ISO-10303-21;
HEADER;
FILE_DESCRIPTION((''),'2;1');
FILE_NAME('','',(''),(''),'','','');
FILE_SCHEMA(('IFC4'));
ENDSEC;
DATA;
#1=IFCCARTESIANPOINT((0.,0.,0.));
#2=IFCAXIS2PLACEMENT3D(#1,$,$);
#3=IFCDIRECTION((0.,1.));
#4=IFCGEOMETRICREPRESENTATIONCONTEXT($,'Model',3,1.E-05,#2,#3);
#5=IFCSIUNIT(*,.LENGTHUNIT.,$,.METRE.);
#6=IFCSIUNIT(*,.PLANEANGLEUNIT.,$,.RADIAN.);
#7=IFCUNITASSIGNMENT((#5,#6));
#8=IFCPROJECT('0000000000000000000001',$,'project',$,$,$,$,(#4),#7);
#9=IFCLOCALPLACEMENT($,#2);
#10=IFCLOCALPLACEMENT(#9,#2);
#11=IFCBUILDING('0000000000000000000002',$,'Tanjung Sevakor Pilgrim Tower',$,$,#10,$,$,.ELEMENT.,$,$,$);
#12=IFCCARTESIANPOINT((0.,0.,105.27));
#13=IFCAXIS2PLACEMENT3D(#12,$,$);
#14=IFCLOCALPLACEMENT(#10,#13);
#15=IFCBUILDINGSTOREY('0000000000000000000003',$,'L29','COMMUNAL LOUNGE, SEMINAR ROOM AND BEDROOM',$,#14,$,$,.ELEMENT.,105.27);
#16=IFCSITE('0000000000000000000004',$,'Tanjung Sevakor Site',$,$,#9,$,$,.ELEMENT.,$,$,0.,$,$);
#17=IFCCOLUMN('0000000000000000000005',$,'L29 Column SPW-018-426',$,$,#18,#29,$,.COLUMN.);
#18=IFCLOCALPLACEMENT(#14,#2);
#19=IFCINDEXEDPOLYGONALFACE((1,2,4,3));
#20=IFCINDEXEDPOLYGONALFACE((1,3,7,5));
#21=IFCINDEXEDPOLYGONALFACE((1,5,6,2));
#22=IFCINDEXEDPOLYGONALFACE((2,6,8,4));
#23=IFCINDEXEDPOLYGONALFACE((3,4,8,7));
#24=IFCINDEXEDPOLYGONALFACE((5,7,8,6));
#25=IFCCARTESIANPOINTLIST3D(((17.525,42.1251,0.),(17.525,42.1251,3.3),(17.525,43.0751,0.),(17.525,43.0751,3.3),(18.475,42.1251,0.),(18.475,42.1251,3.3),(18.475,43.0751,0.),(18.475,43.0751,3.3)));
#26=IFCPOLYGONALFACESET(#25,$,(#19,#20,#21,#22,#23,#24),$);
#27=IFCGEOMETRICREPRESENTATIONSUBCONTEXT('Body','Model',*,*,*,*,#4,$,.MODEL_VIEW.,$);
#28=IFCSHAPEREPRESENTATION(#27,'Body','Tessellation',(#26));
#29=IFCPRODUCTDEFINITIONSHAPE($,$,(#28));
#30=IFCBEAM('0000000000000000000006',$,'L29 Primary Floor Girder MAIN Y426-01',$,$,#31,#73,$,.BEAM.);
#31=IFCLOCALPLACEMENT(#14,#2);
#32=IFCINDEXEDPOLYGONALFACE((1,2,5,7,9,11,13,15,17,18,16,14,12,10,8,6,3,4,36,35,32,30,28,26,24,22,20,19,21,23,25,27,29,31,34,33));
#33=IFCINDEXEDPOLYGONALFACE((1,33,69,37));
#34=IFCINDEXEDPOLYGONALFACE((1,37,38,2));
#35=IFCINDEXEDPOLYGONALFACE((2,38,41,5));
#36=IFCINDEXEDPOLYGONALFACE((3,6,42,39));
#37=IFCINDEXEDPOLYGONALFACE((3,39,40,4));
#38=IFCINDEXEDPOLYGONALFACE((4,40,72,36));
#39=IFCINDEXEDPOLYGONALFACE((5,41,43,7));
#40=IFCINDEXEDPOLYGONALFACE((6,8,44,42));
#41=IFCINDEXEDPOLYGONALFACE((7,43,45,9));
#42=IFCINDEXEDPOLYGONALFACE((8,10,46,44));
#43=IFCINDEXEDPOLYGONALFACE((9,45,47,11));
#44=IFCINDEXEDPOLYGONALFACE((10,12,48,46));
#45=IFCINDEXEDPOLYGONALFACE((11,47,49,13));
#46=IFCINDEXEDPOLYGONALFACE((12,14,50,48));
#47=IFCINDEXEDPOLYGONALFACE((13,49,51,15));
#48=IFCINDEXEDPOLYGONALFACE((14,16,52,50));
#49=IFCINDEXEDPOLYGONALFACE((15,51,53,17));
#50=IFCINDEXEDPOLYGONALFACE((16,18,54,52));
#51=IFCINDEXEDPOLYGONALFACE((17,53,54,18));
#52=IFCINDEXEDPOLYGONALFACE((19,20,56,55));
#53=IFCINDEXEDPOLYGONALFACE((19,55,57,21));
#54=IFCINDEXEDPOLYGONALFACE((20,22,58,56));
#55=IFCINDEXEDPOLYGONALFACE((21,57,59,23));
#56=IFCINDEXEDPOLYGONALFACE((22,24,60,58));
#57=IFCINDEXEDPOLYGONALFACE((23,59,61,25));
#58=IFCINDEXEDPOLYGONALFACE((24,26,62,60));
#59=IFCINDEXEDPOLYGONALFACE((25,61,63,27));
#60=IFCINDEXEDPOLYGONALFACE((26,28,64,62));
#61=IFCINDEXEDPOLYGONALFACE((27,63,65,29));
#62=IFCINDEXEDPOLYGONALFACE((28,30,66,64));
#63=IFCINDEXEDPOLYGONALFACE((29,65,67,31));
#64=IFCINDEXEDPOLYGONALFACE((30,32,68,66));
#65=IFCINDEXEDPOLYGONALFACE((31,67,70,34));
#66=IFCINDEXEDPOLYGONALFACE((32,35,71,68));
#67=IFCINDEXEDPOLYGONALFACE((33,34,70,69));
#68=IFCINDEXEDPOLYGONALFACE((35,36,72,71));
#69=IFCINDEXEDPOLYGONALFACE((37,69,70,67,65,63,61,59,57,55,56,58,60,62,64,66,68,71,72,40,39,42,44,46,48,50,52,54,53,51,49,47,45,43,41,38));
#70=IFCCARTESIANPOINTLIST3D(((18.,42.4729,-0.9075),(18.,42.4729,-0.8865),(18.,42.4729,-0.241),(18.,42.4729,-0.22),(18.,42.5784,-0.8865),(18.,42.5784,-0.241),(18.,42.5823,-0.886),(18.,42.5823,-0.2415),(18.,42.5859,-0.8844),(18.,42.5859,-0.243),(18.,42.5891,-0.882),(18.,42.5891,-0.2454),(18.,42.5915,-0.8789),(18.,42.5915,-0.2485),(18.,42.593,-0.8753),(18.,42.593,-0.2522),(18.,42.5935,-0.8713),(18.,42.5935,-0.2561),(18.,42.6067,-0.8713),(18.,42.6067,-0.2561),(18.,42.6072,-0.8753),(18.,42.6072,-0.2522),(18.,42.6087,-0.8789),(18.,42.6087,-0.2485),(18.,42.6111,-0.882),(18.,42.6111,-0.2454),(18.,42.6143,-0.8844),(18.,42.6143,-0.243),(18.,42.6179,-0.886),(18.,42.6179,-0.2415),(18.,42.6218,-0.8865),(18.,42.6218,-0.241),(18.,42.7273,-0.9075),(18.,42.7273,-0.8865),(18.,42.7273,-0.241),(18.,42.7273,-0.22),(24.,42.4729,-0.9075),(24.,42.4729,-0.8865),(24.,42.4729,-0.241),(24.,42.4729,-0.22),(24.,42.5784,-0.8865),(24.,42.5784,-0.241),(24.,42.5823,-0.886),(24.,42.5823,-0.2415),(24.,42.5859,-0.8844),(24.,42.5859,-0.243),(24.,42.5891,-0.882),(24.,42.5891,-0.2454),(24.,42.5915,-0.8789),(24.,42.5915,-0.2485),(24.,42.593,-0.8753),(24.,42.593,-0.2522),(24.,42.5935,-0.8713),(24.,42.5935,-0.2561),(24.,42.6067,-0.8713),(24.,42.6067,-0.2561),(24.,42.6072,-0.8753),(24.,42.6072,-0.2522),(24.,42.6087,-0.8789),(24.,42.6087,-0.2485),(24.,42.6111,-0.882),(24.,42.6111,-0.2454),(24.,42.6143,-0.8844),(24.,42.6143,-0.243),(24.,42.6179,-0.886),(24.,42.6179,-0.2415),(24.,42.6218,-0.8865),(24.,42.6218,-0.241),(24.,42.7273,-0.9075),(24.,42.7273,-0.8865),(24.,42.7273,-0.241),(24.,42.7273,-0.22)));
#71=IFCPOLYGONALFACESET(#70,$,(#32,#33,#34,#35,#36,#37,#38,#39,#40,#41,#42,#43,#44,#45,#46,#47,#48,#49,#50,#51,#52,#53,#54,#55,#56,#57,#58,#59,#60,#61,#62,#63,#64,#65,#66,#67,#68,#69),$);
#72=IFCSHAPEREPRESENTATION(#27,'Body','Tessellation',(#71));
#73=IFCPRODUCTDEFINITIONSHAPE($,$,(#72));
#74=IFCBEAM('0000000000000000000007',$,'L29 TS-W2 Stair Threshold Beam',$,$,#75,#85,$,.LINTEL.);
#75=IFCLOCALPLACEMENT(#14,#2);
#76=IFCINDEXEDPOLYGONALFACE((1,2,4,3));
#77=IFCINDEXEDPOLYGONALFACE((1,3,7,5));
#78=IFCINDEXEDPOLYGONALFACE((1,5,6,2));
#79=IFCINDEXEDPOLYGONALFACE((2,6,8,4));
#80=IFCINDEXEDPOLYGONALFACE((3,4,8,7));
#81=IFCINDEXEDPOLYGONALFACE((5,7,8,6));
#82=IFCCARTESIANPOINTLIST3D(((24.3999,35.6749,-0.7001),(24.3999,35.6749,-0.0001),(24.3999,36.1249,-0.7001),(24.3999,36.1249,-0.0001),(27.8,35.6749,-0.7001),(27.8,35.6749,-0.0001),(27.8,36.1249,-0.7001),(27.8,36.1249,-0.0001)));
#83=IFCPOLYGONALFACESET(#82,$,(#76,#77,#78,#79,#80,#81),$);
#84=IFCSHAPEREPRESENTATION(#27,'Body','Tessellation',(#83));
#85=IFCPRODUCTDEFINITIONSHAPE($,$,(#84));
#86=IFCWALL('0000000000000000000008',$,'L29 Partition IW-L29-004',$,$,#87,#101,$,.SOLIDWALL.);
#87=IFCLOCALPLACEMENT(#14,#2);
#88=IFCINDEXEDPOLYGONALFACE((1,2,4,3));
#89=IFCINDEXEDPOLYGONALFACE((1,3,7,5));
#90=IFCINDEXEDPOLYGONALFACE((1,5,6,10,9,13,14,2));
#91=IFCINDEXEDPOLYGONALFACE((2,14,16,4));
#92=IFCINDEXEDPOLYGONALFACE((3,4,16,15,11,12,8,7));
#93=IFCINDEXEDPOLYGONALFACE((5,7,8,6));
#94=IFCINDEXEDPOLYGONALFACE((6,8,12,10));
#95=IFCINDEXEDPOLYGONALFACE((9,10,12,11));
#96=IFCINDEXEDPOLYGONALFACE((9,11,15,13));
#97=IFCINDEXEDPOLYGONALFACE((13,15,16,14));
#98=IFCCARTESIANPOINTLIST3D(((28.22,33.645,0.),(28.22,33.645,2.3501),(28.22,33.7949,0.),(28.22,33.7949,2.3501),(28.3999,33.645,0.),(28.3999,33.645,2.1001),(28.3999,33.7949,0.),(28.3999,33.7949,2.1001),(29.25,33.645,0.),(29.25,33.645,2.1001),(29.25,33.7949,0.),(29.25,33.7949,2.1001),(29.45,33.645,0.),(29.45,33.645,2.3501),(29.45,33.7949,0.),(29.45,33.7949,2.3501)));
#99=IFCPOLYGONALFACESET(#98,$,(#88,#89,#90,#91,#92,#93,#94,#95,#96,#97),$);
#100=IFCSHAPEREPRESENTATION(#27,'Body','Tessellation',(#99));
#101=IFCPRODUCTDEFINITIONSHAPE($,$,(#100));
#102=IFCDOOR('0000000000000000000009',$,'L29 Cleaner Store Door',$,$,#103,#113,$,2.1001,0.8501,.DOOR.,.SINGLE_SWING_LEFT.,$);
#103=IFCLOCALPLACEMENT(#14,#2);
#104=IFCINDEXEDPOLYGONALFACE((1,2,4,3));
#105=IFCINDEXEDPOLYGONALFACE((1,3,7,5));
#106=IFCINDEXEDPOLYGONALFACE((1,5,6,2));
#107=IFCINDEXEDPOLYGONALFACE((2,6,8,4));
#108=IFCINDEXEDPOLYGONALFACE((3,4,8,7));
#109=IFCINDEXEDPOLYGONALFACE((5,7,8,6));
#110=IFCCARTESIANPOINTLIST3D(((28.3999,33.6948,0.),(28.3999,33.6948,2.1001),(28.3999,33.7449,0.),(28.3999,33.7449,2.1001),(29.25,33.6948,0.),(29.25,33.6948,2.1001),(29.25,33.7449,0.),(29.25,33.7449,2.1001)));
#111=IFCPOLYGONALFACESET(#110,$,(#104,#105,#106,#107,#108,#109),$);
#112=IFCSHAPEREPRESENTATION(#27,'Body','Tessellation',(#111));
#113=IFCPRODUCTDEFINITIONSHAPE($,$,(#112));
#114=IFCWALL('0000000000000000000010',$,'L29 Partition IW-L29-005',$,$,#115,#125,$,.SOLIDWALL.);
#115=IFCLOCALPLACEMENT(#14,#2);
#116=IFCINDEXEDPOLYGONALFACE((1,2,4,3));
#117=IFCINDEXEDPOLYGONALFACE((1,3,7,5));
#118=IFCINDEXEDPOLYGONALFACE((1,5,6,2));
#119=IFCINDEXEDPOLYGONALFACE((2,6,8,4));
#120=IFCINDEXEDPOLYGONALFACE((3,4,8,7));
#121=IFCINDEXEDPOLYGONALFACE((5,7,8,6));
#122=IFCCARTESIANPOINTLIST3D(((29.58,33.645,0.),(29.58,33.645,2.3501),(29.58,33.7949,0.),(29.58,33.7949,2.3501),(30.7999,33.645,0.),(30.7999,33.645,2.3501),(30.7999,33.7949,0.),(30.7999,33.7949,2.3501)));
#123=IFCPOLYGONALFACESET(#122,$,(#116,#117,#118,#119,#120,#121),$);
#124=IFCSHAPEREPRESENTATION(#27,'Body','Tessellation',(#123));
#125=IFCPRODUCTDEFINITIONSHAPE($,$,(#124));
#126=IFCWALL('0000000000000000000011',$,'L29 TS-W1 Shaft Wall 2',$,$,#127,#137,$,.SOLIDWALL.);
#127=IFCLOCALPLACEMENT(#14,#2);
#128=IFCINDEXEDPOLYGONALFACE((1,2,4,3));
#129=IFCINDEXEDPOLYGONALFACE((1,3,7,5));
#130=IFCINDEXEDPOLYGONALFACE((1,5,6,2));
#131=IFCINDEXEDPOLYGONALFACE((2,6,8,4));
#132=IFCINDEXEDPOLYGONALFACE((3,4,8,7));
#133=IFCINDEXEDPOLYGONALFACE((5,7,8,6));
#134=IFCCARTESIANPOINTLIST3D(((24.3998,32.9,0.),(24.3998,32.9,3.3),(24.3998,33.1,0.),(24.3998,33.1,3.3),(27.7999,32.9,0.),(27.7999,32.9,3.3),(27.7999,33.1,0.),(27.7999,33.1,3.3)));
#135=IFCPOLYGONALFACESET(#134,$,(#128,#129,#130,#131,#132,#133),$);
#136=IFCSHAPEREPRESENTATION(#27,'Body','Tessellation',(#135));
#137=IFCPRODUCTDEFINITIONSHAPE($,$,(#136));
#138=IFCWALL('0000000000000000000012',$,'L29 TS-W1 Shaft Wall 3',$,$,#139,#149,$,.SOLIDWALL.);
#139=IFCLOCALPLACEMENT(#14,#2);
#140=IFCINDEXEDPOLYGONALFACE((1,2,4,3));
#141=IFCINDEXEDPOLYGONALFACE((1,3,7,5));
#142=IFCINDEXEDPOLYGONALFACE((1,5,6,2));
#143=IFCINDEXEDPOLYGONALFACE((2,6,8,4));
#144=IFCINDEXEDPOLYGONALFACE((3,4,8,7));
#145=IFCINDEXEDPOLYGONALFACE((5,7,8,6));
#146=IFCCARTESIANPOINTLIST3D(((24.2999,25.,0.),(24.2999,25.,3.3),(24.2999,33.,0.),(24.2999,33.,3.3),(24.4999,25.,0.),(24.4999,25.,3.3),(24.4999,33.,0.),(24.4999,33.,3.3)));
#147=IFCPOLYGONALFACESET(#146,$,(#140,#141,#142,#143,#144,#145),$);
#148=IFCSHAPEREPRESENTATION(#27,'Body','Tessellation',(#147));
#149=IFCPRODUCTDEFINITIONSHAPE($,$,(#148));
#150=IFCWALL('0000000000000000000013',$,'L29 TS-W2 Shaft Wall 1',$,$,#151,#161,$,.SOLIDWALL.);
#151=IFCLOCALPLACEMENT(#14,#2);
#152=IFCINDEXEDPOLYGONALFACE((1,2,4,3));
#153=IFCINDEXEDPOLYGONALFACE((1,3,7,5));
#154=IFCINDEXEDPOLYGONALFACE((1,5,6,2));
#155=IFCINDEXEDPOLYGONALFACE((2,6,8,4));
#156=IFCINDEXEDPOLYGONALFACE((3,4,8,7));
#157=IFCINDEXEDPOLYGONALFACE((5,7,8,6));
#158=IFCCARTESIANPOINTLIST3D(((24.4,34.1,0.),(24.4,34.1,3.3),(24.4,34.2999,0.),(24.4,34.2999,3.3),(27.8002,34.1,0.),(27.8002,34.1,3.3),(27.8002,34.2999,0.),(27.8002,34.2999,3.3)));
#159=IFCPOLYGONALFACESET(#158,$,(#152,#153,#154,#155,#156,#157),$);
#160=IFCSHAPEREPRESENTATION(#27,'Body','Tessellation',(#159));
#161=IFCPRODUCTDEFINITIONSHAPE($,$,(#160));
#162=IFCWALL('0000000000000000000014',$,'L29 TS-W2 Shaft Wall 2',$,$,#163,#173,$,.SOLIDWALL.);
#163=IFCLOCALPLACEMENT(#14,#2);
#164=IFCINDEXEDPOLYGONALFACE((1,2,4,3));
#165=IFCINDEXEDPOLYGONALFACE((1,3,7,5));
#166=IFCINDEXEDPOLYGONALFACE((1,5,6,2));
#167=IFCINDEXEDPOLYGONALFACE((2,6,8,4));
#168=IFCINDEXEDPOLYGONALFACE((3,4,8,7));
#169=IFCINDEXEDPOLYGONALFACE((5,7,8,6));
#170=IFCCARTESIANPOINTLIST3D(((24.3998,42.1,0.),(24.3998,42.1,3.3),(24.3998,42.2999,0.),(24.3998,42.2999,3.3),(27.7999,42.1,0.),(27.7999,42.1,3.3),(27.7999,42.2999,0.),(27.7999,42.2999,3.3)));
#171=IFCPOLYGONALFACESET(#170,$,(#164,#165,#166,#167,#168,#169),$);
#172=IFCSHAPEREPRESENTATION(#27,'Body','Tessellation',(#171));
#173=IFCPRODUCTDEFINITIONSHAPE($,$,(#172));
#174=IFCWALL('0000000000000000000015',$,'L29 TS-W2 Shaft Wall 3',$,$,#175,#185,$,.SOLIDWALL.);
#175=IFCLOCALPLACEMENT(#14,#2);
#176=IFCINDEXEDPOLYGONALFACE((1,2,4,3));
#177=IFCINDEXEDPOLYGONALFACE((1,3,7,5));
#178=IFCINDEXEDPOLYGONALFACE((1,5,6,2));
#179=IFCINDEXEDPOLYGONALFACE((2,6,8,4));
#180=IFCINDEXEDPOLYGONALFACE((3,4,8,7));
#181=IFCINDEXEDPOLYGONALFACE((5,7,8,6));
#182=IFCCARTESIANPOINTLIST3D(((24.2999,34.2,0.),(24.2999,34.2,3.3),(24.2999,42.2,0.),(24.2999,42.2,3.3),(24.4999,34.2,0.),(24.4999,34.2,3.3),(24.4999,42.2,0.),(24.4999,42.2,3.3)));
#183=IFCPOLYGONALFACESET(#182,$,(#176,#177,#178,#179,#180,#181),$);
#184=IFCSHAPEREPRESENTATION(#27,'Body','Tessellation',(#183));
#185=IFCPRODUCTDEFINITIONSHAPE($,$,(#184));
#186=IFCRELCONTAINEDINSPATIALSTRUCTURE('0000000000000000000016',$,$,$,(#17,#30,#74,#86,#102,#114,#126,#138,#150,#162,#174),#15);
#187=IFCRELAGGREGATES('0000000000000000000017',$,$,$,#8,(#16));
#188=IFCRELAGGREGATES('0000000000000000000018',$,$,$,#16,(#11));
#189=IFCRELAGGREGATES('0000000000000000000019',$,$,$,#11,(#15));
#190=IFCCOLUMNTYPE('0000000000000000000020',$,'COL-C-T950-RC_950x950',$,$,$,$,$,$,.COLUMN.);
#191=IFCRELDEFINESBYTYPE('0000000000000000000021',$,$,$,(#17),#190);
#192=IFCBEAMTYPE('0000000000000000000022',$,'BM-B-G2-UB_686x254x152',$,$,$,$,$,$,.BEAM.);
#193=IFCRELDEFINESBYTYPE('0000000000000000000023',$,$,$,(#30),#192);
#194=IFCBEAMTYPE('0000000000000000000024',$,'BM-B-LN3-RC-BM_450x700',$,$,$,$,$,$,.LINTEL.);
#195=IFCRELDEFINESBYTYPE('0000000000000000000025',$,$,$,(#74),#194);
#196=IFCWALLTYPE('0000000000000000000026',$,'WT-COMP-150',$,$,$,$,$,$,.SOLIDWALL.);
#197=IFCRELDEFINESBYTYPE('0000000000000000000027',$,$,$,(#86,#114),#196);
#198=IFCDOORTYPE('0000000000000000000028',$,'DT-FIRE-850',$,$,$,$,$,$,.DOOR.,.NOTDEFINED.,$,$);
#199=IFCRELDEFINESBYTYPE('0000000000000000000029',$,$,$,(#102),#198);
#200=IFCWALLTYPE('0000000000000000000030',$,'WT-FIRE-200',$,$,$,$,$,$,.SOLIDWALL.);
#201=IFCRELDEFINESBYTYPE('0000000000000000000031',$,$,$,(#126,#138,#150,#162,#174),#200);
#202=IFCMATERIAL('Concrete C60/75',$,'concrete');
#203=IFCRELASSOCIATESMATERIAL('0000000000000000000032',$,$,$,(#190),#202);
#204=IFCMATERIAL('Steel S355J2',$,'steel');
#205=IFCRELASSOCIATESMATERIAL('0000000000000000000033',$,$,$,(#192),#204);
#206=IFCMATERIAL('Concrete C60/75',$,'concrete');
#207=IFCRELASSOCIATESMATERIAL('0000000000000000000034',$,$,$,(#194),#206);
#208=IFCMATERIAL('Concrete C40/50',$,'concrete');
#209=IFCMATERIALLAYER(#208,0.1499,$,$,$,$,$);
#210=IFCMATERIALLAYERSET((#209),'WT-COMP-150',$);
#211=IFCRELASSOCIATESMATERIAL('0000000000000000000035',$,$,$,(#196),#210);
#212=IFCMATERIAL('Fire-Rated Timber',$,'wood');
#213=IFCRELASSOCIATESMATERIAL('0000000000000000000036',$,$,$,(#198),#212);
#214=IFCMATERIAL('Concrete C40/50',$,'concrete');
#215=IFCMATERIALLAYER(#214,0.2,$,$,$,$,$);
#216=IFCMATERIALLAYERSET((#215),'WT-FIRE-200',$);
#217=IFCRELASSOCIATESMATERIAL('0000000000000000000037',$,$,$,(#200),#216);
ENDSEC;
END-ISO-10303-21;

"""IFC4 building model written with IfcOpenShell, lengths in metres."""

from ifc_helpers import new_model, si_unit, direction, frame, frame_2d, origin, origin_2d, place, context, subcontext, project, spatial, rectangle, i_section, extrude, material, layer, layer_set, material_profile, profile_set, type_object, element, fill, save


model = new_model("IFC4")

# Units and contexts
model_context = context("Model", 3, precision=1e-05, world=origin(), true_north=direction((0.0, 1.0)))
body_context = subcontext(model_context, "Body", "Model", "MODEL_VIEW")
ifc_project = project(units=[si_unit("LENGTHUNIT", "METRE"), si_unit("PLANEANGLEUNIT", "RADIAN")], contexts=[model_context])

# Site, building, storey
site_placement = place(None, origin())
site = spatial("IfcSite", under=ifc_project, at=site_placement, Name="Tanjung Sevakor Site", CompositionType="ELEMENT", RefElevation=0.0)
building_placement = place(site_placement, origin())
building = spatial("IfcBuilding", under=site, at=building_placement, Name="Tanjung Sevakor Pilgrim Tower", CompositionType="ELEMENT")
storey_placement = place(building_placement, frame((0.0, 0.0, 105.27)))
storey = spatial("IfcBuildingStorey", under=building, at=storey_placement, Name="L29", Description="COMMUNAL LOUNGE, SEMINAR ROOM AND BEDROOM", CompositionType="ELEMENT", Elevation=105.27)

# Column
ifc_material_1 = material(Name="Concrete C60/75", Category="concrete")
ifc_material_profile_1 = material_profile(ifc_material_1, rectangle(XDim=0.95, YDim=0.95, at=origin_2d()))
ifc_profile_set_1 = profile_set([ifc_material_profile_1], Name="Concrete C60/75")
column_type = type_object("IfcColumnType", Name="COL-C-T950-RC_950x950", PredefinedType="COLUMN", material=ifc_profile_set_1)
column_placement = place(storey_placement, frame((18.0, 42.6001, 0.0), z_axis=(0.0, 0.0, 1.0), x_axis=(1.0, 0.0, 0.0)))
element("IfcColumn", 1, at=column_placement, inside=storey, type_object=column_type, Name="L29 Column SPW-018-426", PredefinedType="COLUMN", context=body_context, shape_type="SweptSolid", body=[
    extrude(rectangle(XDim=0.95, YDim=0.95, at=origin_2d()), origin(), (0.0, 0.0, 1.0), 3.3),
])

# Beams
ifc_material_2 = material(Name="Steel S355J2", Category="steel")
ifc_material_profile_2 = material_profile(ifc_material_2, i_section(OverallWidth=0.2544, OverallDepth=0.6875, WebThickness=0.0132, FlangeThickness=0.021, FilletRadius=0.0151, at=origin_2d()))
ifc_profile_set_2 = profile_set([ifc_material_profile_2], Name="Steel S355J2")
beam_type_1 = type_object("IfcBeamType", Name="BM-B-G2-UB_686x254x152", PredefinedType="BEAM", material=ifc_profile_set_2)
beam_1_placement = place(storey_placement, frame((18.0, 42.6001, -0.5637), z_axis=(1.0, 0.0, 0.0), x_axis=(0.0, 1.0, 0.0)))
element("IfcBeam", 2, at=beam_1_placement, inside=storey, type_object=beam_type_1, Name="L29 Primary Floor Girder MAIN Y426-01", PredefinedType="BEAM", context=body_context, shape_type="SweptSolid", body=[
    extrude(i_section(OverallWidth=0.2544, OverallDepth=0.6875, WebThickness=0.0132, FlangeThickness=0.021, FilletRadius=0.0151, at=origin_2d()), origin(), (0.0, 0.0, 1.0), 6.0),
])
ifc_material_3 = material(Name="Concrete C60/75", Category="concrete")
ifc_material_profile_3 = material_profile(ifc_material_3, rectangle(XDim=0.45, YDim=0.7, at=origin_2d()))
ifc_profile_set_3 = profile_set([ifc_material_profile_3], Name="Concrete C60/75")
beam_type_2 = type_object("IfcBeamType", Name="BM-B-LN3-RC-BM_450x700", PredefinedType="LINTEL", material=ifc_profile_set_3)
beam_2_placement = place(storey_placement, frame((24.3999, 35.8999, -0.3501), z_axis=(1.0, 0.0, 0.0), x_axis=(0.0, 1.0, 0.0)))
element("IfcBeam", 3, at=beam_2_placement, inside=storey, type_object=beam_type_2, Name="L29 TS-W2 Stair Threshold Beam", PredefinedType="LINTEL", context=body_context, shape_type="SweptSolid", body=[
    extrude(rectangle(XDim=0.45, YDim=0.7, at=origin_2d()), origin(), (0.0, 0.0, 1.0), 3.4001),
])

# Wall, opening, door
ifc_material_4 = material(Name="Concrete C40/50", Category="concrete")
ifc_layer_1 = layer(ifc_material_4, 0.1499)
ifc_layer_set_1 = layer_set([ifc_layer_1], Name="WT-COMP-150")
wall_type_1 = type_object("IfcWallType", Name="WT-COMP-150", PredefinedType="SOLIDWALL", material=ifc_layer_set_1)
wall_1_placement = place(storey_placement, frame((28.22, 33.72, 0.0), z_axis=(0.0, 0.0, 1.0), x_axis=(1.0, 0.0, 0.0)))
wall_1 = element("IfcWall", 4, at=wall_1_placement, inside=storey, type_object=wall_type_1, Name="L29 Partition IW-L29-004", PredefinedType="SOLIDWALL", context=body_context, shape_type="SweptSolid", body=[
    extrude(rectangle(XDim=1.23, YDim=0.1499, at=frame_2d((0.615, 0.0))), origin(), (0.0, 0.0, 1.0), 2.3501),
])
opening_placement = place(wall_1_placement, frame((0.1799, 0.0, 0.0)))
opening = element("IfcOpeningElement", 5, at=opening_placement, cuts=wall_1, PredefinedType="OPENING", context=body_context, shape_type="SweptSolid", body=[
    extrude(rectangle(XDim=0.8501, YDim=2.1001, at=frame_2d((0.425, 1.05))), frame((0.0, 0.085, 0.0), z_axis=(0.0, -1.0, 0.0), x_axis=(1.0, 0.0, 0.0)), (0.0, 0.0, 1.0), 0.1699),
])
ifc_material_5 = material(Name="Fire-Rated Timber", Category="wood")
door_type = type_object("IfcDoorType", Name="DT-FIRE-850", OperationType="NOTDEFINED", PredefinedType="DOOR", material=ifc_material_5)
door_placement = place(opening_placement, origin())
door = element("IfcDoor", 6, at=door_placement, inside=storey, type_object=door_type, Name="L29 Cleaner Store Door", OperationType="SINGLE_SWING_LEFT", OverallHeight=2.1001, OverallWidth=0.8501, PredefinedType="DOOR", context=body_context, shape_type="SweptSolid", body=[
    extrude(rectangle(XDim=0.8501, YDim=2.1001, at=frame_2d((0.425, 1.05))), frame((0.0, 0.0249, 0.0), z_axis=(0.0, -1.0, 0.0), x_axis=(1.0, 0.0, 0.0)), (0.0, 0.0, 1.0), 0.05),
])
fill(opening, door)

# Walls
wall_2_placement = place(storey_placement, frame((29.5801, 33.72, 0.0), z_axis=(0.0, 0.0, 1.0), x_axis=(1.0, 0.0, 0.0)))
element("IfcWall", 7, at=wall_2_placement, inside=storey, type_object=wall_type_1, Name="L29 Partition IW-L29-005", PredefinedType="SOLIDWALL", context=body_context, shape_type="SweptSolid", body=[
    extrude(rectangle(XDim=1.22, YDim=0.1499, at=frame_2d((0.6099, 0.0))), origin(), (0.0, 0.0, 1.0), 2.3501),
])
ifc_material_6 = material(Name="Concrete C40/50", Category="concrete")
ifc_layer_2 = layer(ifc_material_6, 0.2)
ifc_layer_set_2 = layer_set([ifc_layer_2], Name="WT-FIRE-200")
wall_type_2 = type_object("IfcWallType", Name="WT-FIRE-200", PredefinedType="SOLIDWALL", material=ifc_layer_set_2)
wall_3_placement = place(storey_placement, frame((27.8, 33.0, 0.0), z_axis=(0.0, 0.0, 1.0), x_axis=(-1.0, 0.0, 0.0)))
element("IfcWall", 8, at=wall_3_placement, inside=storey, type_object=wall_type_2, Name="L29 TS-W1 Shaft Wall 2", PredefinedType="SOLIDWALL", context=body_context, shape_type="SweptSolid", body=[
    extrude(rectangle(XDim=3.4001, YDim=0.2, at=frame_2d((1.7002, 0.0))), origin(), (0.0, 0.0, 1.0), 3.3),
])
wall_4_placement = place(storey_placement, frame((24.3999, 33.0, 0.0), z_axis=(0.0, 0.0, 1.0), x_axis=(0.0, -1.0, 0.0)))
element("IfcWall", 9, at=wall_4_placement, inside=storey, type_object=wall_type_2, Name="L29 TS-W1 Shaft Wall 3", PredefinedType="SOLIDWALL", context=body_context, shape_type="SweptSolid", body=[
    extrude(rectangle(XDim=8.0, YDim=0.2, at=frame_2d((4.0, 0.0))), origin(), (0.0, 0.0, 1.0), 3.3),
])
for number, where, z_axis, x_axis, name in (
    (10, (24.3999, 34.2, 0.0), (0.0, 0.0, 1.0), (1.0, 0.0, 0.0), "L29 TS-W2 Shaft Wall 1"),
    (11, (27.8, 42.2, 0.0), (0.0, 0.0, 1.0), (-1.0, 0.0, 0.0), "L29 TS-W2 Shaft Wall 2"),
):
    element("IfcWall", number, at=place(storey_placement, frame(where, z_axis=z_axis, x_axis=x_axis)), inside=storey, type_object=wall_type_2, Name=name, PredefinedType="SOLIDWALL", context=body_context, shape_type="SweptSolid", body=[
        extrude(rectangle(XDim=3.4001, YDim=0.2, at=frame_2d((1.7002, 0.0))), origin(), (0.0, 0.0, 1.0), 3.3),
    ])
wall_5_placement = place(storey_placement, frame((24.3999, 42.2, 0.0), z_axis=(0.0, 0.0, 1.0), x_axis=(0.0, -1.0, 0.0)))
element("IfcWall", 12, at=wall_5_placement, inside=storey, type_object=wall_type_2, Name="L29 TS-W2 Shaft Wall 3", PredefinedType="SOLIDWALL", context=body_context, shape_type="SweptSolid", body=[
    extrude(rectangle(XDim=8.0, YDim=0.2, at=frame_2d((4.0, 0.0))), origin(), (0.0, 0.0, 1.0), 3.3),
])

save(model, "model.ifc")
